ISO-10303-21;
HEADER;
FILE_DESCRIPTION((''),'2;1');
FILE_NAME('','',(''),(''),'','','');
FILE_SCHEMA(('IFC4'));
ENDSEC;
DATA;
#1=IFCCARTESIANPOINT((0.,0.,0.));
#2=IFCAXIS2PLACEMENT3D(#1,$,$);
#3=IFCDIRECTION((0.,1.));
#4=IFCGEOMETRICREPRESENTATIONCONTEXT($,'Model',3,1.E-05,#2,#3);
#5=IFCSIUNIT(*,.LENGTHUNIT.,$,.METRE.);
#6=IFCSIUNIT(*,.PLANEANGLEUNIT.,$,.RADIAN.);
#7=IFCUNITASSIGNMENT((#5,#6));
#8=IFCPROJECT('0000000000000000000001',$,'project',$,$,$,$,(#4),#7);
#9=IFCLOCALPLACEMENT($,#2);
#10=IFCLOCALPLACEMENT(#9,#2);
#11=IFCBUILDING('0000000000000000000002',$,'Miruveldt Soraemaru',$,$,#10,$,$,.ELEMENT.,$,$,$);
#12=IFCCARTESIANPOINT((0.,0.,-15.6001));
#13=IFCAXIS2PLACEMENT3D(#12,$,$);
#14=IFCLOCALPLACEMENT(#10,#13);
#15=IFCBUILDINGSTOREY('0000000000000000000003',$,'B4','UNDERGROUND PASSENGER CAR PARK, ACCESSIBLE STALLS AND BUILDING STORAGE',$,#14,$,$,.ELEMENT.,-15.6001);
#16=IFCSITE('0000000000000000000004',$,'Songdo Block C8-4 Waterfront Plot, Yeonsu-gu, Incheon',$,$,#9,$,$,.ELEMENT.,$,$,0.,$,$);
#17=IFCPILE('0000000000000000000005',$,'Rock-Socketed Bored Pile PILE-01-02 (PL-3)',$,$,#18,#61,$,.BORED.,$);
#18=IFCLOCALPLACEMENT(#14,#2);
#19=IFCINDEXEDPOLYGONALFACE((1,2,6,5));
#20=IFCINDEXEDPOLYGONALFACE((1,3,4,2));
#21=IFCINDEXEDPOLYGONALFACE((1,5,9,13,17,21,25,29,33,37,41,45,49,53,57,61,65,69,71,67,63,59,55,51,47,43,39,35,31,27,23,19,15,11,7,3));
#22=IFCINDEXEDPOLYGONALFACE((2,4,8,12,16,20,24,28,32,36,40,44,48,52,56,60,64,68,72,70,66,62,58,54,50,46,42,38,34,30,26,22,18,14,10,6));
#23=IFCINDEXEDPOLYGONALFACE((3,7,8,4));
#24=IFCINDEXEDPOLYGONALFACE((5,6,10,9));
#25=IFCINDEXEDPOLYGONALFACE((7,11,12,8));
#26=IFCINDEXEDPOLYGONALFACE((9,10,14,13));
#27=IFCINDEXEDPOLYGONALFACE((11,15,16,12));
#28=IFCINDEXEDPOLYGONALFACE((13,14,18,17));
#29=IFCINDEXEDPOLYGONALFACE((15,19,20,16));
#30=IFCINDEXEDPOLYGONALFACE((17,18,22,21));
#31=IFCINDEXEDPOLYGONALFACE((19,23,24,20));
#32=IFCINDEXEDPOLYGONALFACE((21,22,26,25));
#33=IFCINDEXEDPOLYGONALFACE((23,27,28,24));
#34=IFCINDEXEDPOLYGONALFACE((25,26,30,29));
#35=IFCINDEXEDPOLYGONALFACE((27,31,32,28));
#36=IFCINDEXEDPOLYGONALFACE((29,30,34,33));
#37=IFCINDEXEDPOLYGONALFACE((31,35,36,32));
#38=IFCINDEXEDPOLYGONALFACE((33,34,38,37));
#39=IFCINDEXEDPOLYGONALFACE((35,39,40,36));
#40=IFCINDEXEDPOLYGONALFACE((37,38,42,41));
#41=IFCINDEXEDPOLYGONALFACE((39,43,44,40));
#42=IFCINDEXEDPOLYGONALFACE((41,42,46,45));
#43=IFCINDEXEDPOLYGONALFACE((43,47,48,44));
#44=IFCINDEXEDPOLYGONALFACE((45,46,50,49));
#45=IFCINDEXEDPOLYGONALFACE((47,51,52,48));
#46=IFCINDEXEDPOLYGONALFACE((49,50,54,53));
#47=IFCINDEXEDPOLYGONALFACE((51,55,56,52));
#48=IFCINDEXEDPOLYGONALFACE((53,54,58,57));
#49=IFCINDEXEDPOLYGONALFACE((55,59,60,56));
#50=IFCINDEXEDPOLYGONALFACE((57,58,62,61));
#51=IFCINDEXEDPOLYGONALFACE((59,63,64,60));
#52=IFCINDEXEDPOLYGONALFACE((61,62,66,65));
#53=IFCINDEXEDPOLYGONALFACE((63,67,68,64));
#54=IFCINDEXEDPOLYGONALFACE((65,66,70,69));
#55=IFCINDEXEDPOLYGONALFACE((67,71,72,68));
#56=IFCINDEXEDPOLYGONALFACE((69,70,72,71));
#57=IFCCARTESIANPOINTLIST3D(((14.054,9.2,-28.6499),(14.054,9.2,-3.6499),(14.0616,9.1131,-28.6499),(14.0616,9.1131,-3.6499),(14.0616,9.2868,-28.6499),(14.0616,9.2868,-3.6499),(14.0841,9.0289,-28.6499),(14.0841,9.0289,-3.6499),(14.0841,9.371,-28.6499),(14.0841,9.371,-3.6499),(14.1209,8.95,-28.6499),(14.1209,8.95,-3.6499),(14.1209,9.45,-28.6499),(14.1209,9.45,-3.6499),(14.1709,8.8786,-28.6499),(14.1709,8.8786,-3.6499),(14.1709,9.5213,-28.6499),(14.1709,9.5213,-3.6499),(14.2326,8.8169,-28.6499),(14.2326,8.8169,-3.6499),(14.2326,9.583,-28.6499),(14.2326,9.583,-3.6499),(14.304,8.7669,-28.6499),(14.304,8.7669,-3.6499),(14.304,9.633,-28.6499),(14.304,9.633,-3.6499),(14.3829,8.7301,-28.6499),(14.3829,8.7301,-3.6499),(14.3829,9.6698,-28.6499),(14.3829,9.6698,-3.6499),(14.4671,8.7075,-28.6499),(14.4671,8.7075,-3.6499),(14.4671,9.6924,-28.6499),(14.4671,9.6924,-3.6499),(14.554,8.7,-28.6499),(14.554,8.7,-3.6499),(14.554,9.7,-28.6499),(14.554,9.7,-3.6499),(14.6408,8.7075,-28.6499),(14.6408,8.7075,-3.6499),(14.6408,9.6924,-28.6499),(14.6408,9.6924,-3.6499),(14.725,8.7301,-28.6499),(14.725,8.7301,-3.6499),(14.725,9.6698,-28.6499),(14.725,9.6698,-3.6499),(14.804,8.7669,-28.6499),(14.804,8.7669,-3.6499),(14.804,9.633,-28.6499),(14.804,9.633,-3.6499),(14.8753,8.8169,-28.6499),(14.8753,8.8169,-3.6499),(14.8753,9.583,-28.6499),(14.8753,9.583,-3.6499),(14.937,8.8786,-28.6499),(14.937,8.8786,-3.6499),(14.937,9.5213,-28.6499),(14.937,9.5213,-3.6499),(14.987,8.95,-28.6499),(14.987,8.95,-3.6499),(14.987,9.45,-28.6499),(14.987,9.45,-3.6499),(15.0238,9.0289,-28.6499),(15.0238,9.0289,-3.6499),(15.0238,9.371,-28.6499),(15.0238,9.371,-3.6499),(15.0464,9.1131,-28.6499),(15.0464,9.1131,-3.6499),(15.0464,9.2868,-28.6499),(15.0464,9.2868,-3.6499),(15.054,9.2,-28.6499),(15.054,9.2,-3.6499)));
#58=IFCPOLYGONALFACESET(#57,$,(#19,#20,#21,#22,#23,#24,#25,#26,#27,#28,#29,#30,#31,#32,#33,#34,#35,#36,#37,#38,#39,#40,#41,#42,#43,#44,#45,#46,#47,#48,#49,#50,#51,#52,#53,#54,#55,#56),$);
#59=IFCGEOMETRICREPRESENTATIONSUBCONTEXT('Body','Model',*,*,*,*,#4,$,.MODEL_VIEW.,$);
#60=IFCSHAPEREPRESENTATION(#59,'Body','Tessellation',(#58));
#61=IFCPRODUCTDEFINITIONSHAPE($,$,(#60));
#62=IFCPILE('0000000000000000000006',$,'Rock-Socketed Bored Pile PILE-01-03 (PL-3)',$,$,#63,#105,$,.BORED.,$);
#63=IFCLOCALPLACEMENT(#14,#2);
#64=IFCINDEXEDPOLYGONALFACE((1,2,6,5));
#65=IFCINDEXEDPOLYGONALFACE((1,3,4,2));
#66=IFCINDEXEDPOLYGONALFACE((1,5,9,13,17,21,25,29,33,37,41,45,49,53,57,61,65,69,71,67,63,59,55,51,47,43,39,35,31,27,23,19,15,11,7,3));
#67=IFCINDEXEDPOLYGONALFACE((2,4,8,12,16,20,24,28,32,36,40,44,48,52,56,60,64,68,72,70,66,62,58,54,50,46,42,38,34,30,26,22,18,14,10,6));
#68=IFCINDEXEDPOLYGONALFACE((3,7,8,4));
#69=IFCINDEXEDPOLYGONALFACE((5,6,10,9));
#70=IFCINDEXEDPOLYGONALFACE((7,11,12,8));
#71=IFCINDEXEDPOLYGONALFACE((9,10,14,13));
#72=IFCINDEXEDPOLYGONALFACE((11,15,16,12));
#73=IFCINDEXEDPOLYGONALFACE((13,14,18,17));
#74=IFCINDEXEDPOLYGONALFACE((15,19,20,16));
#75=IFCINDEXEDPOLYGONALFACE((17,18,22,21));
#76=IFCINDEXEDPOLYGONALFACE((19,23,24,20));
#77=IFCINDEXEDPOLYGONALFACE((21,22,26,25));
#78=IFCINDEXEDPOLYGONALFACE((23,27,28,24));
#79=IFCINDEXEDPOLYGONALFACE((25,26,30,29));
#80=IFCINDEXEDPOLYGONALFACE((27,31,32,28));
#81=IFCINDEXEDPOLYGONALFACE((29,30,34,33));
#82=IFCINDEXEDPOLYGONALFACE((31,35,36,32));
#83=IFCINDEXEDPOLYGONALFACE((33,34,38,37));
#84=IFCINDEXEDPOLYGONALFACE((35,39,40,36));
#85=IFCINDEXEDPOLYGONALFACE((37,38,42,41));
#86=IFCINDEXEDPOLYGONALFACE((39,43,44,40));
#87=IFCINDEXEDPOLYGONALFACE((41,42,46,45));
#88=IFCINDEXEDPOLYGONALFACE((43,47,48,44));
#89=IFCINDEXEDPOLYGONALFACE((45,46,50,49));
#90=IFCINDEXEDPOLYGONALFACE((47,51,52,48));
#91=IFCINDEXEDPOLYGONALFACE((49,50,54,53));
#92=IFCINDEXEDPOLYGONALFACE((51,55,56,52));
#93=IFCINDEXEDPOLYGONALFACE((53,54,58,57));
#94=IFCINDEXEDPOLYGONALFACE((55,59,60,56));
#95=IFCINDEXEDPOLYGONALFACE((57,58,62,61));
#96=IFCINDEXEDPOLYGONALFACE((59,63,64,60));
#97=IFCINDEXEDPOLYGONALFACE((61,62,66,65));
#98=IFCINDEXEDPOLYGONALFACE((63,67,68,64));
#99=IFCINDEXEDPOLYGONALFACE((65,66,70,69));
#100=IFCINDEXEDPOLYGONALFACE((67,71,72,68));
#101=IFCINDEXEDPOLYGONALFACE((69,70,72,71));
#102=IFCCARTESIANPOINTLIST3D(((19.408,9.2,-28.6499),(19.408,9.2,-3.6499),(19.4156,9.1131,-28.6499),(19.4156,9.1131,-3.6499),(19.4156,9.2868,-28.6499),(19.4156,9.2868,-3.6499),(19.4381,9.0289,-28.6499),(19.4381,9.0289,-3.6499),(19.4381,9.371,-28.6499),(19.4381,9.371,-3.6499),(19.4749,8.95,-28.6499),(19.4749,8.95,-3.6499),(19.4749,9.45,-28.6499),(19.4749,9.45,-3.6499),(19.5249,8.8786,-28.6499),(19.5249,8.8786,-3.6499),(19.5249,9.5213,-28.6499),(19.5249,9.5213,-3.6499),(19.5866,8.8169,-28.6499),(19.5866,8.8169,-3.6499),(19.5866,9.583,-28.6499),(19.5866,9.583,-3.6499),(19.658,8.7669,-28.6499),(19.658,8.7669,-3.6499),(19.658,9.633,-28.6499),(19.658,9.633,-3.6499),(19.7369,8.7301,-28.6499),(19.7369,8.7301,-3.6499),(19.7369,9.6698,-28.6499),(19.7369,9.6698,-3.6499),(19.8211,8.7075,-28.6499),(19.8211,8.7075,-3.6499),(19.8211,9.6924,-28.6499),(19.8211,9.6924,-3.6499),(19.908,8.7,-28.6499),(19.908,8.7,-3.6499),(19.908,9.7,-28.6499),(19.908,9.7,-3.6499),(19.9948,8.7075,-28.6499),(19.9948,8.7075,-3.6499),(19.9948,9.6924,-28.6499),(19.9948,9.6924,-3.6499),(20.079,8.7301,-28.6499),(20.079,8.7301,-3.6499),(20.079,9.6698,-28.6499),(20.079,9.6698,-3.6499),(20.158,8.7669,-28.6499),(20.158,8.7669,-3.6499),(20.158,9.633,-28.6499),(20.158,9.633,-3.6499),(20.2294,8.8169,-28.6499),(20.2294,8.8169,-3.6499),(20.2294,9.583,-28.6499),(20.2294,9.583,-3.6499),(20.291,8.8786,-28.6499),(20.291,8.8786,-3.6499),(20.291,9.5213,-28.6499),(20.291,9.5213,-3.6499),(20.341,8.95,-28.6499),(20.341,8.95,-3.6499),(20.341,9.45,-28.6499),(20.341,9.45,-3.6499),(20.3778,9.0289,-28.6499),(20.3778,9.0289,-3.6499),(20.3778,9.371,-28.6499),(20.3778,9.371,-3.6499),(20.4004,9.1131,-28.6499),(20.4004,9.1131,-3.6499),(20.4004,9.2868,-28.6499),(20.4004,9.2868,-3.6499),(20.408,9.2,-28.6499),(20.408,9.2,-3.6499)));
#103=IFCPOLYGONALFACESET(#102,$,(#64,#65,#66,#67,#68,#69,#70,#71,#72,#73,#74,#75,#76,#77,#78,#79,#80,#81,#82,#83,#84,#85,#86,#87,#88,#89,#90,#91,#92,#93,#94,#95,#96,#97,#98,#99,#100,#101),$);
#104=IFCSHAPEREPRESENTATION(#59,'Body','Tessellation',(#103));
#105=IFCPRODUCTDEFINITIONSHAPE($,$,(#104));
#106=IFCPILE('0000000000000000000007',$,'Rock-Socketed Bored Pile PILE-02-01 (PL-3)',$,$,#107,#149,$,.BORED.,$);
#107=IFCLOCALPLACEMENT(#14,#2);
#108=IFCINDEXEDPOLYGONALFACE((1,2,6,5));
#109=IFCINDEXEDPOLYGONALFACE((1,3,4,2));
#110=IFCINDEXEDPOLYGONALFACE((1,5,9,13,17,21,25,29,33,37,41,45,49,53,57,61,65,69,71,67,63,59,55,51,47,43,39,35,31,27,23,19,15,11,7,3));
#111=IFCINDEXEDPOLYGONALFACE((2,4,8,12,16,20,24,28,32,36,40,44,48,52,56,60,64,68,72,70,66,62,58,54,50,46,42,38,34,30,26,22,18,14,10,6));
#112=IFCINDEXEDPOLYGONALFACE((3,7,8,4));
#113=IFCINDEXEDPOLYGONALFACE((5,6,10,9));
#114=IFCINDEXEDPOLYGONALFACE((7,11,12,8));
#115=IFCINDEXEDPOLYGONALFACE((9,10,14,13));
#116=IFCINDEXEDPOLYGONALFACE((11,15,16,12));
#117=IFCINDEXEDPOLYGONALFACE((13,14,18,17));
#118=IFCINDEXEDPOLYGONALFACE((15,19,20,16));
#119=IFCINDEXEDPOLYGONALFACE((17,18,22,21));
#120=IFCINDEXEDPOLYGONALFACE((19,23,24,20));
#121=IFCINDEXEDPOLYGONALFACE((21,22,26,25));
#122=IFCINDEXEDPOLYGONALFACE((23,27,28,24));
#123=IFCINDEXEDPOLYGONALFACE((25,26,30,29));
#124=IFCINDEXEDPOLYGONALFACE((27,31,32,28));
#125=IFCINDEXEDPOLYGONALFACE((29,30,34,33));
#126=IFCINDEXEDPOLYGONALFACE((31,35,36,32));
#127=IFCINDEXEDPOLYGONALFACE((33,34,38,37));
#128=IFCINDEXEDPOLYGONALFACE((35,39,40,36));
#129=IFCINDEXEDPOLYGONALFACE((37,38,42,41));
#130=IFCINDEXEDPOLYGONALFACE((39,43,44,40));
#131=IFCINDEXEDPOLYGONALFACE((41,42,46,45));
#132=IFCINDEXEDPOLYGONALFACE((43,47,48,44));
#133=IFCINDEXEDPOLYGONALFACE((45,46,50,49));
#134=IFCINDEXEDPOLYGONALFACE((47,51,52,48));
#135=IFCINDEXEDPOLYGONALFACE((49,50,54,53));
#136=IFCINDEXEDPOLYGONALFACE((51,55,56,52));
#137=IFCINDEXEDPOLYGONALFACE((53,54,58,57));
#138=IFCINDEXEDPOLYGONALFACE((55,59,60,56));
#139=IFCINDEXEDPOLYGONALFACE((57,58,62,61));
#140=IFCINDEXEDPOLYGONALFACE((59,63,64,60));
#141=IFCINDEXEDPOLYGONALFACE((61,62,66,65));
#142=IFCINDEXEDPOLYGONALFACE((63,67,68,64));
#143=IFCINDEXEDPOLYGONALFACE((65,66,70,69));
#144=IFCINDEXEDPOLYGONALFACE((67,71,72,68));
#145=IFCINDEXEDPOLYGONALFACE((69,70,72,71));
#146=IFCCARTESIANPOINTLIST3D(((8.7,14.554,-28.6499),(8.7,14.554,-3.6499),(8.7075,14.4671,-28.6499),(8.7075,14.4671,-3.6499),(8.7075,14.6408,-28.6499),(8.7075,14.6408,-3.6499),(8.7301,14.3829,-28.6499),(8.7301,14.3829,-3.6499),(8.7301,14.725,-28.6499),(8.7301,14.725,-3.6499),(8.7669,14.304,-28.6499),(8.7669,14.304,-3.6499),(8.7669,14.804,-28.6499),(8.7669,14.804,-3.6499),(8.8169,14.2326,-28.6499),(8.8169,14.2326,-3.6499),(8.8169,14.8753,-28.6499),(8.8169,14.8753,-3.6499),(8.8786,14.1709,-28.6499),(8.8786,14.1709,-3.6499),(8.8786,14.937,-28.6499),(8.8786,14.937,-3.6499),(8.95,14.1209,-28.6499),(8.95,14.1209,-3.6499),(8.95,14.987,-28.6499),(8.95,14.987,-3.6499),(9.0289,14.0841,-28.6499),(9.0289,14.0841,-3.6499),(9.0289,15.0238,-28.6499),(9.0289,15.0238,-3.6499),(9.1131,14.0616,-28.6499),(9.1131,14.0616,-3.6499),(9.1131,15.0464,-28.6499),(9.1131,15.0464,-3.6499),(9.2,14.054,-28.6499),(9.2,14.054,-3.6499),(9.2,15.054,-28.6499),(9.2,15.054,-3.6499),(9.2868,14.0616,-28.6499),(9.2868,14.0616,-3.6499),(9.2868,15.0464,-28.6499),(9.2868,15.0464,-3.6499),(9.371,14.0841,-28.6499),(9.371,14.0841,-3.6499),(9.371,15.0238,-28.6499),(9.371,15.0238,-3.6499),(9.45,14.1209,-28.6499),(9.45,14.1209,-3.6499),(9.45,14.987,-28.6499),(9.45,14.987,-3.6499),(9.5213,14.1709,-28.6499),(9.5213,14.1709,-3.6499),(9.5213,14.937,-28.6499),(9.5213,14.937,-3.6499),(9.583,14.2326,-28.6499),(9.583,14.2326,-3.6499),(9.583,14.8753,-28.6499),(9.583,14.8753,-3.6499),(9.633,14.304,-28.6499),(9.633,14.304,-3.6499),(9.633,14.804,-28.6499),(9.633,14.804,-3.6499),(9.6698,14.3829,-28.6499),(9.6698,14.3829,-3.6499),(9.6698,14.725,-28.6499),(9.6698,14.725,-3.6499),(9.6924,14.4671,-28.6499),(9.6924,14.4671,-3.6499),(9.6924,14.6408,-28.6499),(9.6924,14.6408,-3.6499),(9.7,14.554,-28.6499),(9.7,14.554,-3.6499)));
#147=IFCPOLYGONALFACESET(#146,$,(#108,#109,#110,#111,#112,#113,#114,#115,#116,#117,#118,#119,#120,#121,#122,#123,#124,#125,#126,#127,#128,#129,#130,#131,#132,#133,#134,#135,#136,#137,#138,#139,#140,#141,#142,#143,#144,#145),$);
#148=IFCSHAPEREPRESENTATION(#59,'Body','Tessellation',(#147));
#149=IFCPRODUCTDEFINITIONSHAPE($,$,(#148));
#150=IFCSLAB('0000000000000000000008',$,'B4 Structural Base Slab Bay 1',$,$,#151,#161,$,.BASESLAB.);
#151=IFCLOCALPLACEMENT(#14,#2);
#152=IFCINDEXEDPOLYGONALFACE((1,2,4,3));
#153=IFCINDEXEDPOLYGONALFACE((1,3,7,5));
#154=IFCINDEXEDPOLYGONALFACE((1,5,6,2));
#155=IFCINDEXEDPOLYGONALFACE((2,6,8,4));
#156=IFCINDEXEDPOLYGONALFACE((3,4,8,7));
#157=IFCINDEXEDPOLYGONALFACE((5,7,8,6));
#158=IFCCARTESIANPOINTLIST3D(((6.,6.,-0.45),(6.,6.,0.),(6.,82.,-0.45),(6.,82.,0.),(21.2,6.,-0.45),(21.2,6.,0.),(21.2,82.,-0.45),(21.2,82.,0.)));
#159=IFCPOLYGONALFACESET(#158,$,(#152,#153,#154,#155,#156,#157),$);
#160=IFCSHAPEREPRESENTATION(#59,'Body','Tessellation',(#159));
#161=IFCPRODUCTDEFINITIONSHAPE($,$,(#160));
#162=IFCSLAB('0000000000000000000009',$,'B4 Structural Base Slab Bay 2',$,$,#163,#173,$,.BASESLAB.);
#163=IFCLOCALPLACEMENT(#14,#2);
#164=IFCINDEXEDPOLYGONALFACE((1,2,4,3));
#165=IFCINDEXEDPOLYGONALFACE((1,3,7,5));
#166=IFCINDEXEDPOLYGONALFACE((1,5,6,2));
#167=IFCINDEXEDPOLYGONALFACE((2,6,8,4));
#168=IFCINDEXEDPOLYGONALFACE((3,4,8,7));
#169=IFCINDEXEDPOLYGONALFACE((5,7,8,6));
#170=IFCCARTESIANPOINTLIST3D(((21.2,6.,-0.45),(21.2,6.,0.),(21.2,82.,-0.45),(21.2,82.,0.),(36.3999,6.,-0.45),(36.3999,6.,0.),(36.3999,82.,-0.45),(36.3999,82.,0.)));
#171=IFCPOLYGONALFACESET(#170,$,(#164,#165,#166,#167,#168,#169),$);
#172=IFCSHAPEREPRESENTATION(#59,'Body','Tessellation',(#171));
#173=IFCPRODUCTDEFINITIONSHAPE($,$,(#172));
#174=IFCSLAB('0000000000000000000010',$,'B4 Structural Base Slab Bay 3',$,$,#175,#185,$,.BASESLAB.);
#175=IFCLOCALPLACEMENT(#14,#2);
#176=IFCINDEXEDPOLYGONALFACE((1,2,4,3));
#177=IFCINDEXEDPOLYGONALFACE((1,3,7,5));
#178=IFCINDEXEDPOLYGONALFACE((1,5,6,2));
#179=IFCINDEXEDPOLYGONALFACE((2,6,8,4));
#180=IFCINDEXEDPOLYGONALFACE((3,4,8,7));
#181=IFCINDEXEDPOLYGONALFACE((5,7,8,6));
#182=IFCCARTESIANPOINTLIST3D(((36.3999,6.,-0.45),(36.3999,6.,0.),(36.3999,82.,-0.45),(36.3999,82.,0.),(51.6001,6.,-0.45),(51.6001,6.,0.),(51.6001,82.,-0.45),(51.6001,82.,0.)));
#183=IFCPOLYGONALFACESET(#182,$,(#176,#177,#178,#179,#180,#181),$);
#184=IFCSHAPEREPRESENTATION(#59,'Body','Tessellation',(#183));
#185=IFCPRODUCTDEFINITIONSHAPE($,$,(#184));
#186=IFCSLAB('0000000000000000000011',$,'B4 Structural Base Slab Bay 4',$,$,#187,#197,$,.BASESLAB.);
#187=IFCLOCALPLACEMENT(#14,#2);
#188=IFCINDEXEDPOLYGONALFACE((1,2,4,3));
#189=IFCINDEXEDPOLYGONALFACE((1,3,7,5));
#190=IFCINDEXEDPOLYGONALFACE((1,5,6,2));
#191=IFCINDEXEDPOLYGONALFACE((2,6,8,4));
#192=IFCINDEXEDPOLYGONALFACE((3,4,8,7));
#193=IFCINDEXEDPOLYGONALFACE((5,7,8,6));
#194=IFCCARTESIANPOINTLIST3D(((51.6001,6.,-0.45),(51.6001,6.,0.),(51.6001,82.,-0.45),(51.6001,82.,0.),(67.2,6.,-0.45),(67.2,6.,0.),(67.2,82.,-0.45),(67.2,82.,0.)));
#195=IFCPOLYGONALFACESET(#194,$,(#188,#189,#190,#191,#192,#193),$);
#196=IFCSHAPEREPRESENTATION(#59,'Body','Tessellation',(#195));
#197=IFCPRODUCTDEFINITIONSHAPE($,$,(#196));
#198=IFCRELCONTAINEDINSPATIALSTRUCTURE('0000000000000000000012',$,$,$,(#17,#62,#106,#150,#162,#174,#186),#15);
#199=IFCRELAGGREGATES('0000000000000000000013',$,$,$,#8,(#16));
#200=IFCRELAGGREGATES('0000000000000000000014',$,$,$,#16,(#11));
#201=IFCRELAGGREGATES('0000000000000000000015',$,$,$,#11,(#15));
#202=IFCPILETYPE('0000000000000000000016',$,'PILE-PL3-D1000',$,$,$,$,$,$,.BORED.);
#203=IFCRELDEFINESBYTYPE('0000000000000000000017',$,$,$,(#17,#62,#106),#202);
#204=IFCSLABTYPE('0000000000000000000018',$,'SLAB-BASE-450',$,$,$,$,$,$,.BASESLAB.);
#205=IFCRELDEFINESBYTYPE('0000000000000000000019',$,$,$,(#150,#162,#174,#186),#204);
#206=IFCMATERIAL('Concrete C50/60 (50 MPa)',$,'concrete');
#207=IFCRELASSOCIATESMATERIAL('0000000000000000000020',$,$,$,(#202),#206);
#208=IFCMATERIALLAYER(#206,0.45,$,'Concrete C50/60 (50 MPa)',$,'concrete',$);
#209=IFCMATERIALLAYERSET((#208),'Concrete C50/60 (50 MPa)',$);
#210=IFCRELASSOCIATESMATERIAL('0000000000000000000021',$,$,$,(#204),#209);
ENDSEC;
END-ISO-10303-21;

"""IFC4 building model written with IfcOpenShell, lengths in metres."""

from ifc_helpers import new_model, si_unit, direction, frame, origin, origin_2d, place, context, subcontext, project, spatial, polyline, circle, outline, extrude, material, layer, layer_set, material_profile, profile_set, type_object, element, save


model = new_model("IFC4")

# Units and contexts
model_context = context("Model", 3, precision=1e-05, world=origin(), true_north=direction((0.0, 1.0)))
body_context = subcontext(model_context, "Body", "Model", "MODEL_VIEW")
ifc_project = project(units=[si_unit("LENGTHUNIT", "METRE"), si_unit("PLANEANGLEUNIT", "RADIAN")], contexts=[model_context])

# Site, building, storey
site_placement = place(None, origin())
site = spatial("IfcSite", under=ifc_project, at=site_placement, Name="Songdo Block C8-4 Waterfront Plot, Yeonsu-gu, Incheon", CompositionType="ELEMENT", RefElevation=0.0)
building_placement = place(site_placement, origin())
building = spatial("IfcBuilding", under=site, at=building_placement, Name="Miruveldt Soraemaru", CompositionType="ELEMENT")
storey_placement = place(building_placement, frame((0.0, 0.0, -15.6001)))
storey = spatial("IfcBuildingStorey", under=building, at=storey_placement, Name="B4", Description="UNDERGROUND PASSENGER CAR PARK, ACCESSIBLE STALLS AND BUILDING STORAGE", CompositionType="ELEMENT", Elevation=-15.6001)

# Shared definitions
ifc_material_1 = material(Name="Concrete C50/60 (50 MPa)", Category="concrete")

# Piles
ifc_material_profile_1 = material_profile(ifc_material_1, circle(Radius=0.5, at=origin_2d()), Name="Concrete C50/60 (50 MPa)", Category="concrete")
ifc_profile_set_1 = profile_set([ifc_material_profile_1], Name="Concrete C50/60 (50 MPa)")
pile_type = type_object("IfcPileType", Name="PILE-PL3-D1000", PredefinedType="BORED", material=ifc_profile_set_1)
for number, where, z_axis, x_axis, name in (
    (1, (14.554, 9.2, -3.6499), (0.0, 0.0, -1.0), (1.0, 0.0, 0.0), "Rock-Socketed Bored Pile PILE-01-02 (PL-3)"),
    (2, (19.908, 9.2, -3.6499), (0.0, 0.0, -1.0), (1.0, 0.0, 0.0), "Rock-Socketed Bored Pile PILE-01-03 (PL-3)"),
    (3, (9.2, 14.554, -3.6499), (0.0, 0.0, -1.0), (1.0, 0.0, 0.0), "Rock-Socketed Bored Pile PILE-02-01 (PL-3)"),
):
    element("IfcPile", number, at=place(storey_placement, frame(where, z_axis=z_axis, x_axis=x_axis)), inside=storey, type_object=pile_type, Name=name, PredefinedType="BORED", context=body_context, shape_type="SweptSolid", body=[
        extrude(circle(Radius=0.5, at=origin_2d()), origin(), (0.0, 0.0, 1.0), 25.0),
    ])

# Slabs
ifc_layer_1 = layer(ifc_material_1, 0.45, Name="Concrete C50/60 (50 MPa)", Category="concrete")
ifc_layer_set_1 = layer_set([ifc_layer_1], Name="Concrete C50/60 (50 MPa)")
slab_type_1 = type_object("IfcSlabType", Name="SLAB-BASE-450", PredefinedType="BASESLAB", material=ifc_layer_set_1)
slab_1_placement = place(storey_placement, frame((0.0, 0.0, -0.45)))
element("IfcSlab", 4, at=slab_1_placement, inside=storey, type_object=slab_type_1, Name="B4 Structural Base Slab Bay 1", PredefinedType="BASESLAB", context=body_context, shape_type="SweptSolid", body=[
    extrude(outline(polyline([(6.0, 6.0), (21.2, 6.0), (21.2, 82.0), (6.0, 82.0), (6.0, 6.0)])), origin(), (0.0, 0.0, 1.0), 0.45),
])
slab_2_placement = place(storey_placement, frame((0.0, 0.0, -0.45)))
element("IfcSlab", 5, at=slab_2_placement, inside=storey, type_object=slab_type_1, Name="B4 Structural Base Slab Bay 2", PredefinedType="BASESLAB", context=body_context, shape_type="SweptSolid", body=[
    extrude(outline(polyline([(21.2, 6.0), (36.3999, 6.0), (36.3999, 82.0), (21.2, 82.0), (21.2, 6.0)])), origin(), (0.0, 0.0, 1.0), 0.45),
])
slab_3_placement = place(storey_placement, frame((0.0, 0.0, -0.45)))
element("IfcSlab", 6, at=slab_3_placement, inside=storey, type_object=slab_type_1, Name="B4 Structural Base Slab Bay 3", PredefinedType="BASESLAB", context=body_context, shape_type="SweptSolid", body=[
    extrude(outline(polyline([(36.3999, 6.0), (51.6001, 6.0), (51.6001, 82.0), (36.3999, 82.0), (36.3999, 6.0)])), origin(), (0.0, 0.0, 1.0), 0.45),
])
slab_4_placement = place(storey_placement, frame((0.0, 0.0, -0.45)))
element("IfcSlab", 7, at=slab_4_placement, inside=storey, type_object=slab_type_1, Name="B4 Structural Base Slab Bay 4", PredefinedType="BASESLAB", context=body_context, shape_type="SweptSolid", body=[
    extrude(outline(polyline([(51.6001, 6.0), (67.2, 6.0), (67.2, 82.0), (51.6001, 82.0), (51.6001, 6.0)])), origin(), (0.0, 0.0, 1.0), 0.45),
])

save(model, "model.ifc")
